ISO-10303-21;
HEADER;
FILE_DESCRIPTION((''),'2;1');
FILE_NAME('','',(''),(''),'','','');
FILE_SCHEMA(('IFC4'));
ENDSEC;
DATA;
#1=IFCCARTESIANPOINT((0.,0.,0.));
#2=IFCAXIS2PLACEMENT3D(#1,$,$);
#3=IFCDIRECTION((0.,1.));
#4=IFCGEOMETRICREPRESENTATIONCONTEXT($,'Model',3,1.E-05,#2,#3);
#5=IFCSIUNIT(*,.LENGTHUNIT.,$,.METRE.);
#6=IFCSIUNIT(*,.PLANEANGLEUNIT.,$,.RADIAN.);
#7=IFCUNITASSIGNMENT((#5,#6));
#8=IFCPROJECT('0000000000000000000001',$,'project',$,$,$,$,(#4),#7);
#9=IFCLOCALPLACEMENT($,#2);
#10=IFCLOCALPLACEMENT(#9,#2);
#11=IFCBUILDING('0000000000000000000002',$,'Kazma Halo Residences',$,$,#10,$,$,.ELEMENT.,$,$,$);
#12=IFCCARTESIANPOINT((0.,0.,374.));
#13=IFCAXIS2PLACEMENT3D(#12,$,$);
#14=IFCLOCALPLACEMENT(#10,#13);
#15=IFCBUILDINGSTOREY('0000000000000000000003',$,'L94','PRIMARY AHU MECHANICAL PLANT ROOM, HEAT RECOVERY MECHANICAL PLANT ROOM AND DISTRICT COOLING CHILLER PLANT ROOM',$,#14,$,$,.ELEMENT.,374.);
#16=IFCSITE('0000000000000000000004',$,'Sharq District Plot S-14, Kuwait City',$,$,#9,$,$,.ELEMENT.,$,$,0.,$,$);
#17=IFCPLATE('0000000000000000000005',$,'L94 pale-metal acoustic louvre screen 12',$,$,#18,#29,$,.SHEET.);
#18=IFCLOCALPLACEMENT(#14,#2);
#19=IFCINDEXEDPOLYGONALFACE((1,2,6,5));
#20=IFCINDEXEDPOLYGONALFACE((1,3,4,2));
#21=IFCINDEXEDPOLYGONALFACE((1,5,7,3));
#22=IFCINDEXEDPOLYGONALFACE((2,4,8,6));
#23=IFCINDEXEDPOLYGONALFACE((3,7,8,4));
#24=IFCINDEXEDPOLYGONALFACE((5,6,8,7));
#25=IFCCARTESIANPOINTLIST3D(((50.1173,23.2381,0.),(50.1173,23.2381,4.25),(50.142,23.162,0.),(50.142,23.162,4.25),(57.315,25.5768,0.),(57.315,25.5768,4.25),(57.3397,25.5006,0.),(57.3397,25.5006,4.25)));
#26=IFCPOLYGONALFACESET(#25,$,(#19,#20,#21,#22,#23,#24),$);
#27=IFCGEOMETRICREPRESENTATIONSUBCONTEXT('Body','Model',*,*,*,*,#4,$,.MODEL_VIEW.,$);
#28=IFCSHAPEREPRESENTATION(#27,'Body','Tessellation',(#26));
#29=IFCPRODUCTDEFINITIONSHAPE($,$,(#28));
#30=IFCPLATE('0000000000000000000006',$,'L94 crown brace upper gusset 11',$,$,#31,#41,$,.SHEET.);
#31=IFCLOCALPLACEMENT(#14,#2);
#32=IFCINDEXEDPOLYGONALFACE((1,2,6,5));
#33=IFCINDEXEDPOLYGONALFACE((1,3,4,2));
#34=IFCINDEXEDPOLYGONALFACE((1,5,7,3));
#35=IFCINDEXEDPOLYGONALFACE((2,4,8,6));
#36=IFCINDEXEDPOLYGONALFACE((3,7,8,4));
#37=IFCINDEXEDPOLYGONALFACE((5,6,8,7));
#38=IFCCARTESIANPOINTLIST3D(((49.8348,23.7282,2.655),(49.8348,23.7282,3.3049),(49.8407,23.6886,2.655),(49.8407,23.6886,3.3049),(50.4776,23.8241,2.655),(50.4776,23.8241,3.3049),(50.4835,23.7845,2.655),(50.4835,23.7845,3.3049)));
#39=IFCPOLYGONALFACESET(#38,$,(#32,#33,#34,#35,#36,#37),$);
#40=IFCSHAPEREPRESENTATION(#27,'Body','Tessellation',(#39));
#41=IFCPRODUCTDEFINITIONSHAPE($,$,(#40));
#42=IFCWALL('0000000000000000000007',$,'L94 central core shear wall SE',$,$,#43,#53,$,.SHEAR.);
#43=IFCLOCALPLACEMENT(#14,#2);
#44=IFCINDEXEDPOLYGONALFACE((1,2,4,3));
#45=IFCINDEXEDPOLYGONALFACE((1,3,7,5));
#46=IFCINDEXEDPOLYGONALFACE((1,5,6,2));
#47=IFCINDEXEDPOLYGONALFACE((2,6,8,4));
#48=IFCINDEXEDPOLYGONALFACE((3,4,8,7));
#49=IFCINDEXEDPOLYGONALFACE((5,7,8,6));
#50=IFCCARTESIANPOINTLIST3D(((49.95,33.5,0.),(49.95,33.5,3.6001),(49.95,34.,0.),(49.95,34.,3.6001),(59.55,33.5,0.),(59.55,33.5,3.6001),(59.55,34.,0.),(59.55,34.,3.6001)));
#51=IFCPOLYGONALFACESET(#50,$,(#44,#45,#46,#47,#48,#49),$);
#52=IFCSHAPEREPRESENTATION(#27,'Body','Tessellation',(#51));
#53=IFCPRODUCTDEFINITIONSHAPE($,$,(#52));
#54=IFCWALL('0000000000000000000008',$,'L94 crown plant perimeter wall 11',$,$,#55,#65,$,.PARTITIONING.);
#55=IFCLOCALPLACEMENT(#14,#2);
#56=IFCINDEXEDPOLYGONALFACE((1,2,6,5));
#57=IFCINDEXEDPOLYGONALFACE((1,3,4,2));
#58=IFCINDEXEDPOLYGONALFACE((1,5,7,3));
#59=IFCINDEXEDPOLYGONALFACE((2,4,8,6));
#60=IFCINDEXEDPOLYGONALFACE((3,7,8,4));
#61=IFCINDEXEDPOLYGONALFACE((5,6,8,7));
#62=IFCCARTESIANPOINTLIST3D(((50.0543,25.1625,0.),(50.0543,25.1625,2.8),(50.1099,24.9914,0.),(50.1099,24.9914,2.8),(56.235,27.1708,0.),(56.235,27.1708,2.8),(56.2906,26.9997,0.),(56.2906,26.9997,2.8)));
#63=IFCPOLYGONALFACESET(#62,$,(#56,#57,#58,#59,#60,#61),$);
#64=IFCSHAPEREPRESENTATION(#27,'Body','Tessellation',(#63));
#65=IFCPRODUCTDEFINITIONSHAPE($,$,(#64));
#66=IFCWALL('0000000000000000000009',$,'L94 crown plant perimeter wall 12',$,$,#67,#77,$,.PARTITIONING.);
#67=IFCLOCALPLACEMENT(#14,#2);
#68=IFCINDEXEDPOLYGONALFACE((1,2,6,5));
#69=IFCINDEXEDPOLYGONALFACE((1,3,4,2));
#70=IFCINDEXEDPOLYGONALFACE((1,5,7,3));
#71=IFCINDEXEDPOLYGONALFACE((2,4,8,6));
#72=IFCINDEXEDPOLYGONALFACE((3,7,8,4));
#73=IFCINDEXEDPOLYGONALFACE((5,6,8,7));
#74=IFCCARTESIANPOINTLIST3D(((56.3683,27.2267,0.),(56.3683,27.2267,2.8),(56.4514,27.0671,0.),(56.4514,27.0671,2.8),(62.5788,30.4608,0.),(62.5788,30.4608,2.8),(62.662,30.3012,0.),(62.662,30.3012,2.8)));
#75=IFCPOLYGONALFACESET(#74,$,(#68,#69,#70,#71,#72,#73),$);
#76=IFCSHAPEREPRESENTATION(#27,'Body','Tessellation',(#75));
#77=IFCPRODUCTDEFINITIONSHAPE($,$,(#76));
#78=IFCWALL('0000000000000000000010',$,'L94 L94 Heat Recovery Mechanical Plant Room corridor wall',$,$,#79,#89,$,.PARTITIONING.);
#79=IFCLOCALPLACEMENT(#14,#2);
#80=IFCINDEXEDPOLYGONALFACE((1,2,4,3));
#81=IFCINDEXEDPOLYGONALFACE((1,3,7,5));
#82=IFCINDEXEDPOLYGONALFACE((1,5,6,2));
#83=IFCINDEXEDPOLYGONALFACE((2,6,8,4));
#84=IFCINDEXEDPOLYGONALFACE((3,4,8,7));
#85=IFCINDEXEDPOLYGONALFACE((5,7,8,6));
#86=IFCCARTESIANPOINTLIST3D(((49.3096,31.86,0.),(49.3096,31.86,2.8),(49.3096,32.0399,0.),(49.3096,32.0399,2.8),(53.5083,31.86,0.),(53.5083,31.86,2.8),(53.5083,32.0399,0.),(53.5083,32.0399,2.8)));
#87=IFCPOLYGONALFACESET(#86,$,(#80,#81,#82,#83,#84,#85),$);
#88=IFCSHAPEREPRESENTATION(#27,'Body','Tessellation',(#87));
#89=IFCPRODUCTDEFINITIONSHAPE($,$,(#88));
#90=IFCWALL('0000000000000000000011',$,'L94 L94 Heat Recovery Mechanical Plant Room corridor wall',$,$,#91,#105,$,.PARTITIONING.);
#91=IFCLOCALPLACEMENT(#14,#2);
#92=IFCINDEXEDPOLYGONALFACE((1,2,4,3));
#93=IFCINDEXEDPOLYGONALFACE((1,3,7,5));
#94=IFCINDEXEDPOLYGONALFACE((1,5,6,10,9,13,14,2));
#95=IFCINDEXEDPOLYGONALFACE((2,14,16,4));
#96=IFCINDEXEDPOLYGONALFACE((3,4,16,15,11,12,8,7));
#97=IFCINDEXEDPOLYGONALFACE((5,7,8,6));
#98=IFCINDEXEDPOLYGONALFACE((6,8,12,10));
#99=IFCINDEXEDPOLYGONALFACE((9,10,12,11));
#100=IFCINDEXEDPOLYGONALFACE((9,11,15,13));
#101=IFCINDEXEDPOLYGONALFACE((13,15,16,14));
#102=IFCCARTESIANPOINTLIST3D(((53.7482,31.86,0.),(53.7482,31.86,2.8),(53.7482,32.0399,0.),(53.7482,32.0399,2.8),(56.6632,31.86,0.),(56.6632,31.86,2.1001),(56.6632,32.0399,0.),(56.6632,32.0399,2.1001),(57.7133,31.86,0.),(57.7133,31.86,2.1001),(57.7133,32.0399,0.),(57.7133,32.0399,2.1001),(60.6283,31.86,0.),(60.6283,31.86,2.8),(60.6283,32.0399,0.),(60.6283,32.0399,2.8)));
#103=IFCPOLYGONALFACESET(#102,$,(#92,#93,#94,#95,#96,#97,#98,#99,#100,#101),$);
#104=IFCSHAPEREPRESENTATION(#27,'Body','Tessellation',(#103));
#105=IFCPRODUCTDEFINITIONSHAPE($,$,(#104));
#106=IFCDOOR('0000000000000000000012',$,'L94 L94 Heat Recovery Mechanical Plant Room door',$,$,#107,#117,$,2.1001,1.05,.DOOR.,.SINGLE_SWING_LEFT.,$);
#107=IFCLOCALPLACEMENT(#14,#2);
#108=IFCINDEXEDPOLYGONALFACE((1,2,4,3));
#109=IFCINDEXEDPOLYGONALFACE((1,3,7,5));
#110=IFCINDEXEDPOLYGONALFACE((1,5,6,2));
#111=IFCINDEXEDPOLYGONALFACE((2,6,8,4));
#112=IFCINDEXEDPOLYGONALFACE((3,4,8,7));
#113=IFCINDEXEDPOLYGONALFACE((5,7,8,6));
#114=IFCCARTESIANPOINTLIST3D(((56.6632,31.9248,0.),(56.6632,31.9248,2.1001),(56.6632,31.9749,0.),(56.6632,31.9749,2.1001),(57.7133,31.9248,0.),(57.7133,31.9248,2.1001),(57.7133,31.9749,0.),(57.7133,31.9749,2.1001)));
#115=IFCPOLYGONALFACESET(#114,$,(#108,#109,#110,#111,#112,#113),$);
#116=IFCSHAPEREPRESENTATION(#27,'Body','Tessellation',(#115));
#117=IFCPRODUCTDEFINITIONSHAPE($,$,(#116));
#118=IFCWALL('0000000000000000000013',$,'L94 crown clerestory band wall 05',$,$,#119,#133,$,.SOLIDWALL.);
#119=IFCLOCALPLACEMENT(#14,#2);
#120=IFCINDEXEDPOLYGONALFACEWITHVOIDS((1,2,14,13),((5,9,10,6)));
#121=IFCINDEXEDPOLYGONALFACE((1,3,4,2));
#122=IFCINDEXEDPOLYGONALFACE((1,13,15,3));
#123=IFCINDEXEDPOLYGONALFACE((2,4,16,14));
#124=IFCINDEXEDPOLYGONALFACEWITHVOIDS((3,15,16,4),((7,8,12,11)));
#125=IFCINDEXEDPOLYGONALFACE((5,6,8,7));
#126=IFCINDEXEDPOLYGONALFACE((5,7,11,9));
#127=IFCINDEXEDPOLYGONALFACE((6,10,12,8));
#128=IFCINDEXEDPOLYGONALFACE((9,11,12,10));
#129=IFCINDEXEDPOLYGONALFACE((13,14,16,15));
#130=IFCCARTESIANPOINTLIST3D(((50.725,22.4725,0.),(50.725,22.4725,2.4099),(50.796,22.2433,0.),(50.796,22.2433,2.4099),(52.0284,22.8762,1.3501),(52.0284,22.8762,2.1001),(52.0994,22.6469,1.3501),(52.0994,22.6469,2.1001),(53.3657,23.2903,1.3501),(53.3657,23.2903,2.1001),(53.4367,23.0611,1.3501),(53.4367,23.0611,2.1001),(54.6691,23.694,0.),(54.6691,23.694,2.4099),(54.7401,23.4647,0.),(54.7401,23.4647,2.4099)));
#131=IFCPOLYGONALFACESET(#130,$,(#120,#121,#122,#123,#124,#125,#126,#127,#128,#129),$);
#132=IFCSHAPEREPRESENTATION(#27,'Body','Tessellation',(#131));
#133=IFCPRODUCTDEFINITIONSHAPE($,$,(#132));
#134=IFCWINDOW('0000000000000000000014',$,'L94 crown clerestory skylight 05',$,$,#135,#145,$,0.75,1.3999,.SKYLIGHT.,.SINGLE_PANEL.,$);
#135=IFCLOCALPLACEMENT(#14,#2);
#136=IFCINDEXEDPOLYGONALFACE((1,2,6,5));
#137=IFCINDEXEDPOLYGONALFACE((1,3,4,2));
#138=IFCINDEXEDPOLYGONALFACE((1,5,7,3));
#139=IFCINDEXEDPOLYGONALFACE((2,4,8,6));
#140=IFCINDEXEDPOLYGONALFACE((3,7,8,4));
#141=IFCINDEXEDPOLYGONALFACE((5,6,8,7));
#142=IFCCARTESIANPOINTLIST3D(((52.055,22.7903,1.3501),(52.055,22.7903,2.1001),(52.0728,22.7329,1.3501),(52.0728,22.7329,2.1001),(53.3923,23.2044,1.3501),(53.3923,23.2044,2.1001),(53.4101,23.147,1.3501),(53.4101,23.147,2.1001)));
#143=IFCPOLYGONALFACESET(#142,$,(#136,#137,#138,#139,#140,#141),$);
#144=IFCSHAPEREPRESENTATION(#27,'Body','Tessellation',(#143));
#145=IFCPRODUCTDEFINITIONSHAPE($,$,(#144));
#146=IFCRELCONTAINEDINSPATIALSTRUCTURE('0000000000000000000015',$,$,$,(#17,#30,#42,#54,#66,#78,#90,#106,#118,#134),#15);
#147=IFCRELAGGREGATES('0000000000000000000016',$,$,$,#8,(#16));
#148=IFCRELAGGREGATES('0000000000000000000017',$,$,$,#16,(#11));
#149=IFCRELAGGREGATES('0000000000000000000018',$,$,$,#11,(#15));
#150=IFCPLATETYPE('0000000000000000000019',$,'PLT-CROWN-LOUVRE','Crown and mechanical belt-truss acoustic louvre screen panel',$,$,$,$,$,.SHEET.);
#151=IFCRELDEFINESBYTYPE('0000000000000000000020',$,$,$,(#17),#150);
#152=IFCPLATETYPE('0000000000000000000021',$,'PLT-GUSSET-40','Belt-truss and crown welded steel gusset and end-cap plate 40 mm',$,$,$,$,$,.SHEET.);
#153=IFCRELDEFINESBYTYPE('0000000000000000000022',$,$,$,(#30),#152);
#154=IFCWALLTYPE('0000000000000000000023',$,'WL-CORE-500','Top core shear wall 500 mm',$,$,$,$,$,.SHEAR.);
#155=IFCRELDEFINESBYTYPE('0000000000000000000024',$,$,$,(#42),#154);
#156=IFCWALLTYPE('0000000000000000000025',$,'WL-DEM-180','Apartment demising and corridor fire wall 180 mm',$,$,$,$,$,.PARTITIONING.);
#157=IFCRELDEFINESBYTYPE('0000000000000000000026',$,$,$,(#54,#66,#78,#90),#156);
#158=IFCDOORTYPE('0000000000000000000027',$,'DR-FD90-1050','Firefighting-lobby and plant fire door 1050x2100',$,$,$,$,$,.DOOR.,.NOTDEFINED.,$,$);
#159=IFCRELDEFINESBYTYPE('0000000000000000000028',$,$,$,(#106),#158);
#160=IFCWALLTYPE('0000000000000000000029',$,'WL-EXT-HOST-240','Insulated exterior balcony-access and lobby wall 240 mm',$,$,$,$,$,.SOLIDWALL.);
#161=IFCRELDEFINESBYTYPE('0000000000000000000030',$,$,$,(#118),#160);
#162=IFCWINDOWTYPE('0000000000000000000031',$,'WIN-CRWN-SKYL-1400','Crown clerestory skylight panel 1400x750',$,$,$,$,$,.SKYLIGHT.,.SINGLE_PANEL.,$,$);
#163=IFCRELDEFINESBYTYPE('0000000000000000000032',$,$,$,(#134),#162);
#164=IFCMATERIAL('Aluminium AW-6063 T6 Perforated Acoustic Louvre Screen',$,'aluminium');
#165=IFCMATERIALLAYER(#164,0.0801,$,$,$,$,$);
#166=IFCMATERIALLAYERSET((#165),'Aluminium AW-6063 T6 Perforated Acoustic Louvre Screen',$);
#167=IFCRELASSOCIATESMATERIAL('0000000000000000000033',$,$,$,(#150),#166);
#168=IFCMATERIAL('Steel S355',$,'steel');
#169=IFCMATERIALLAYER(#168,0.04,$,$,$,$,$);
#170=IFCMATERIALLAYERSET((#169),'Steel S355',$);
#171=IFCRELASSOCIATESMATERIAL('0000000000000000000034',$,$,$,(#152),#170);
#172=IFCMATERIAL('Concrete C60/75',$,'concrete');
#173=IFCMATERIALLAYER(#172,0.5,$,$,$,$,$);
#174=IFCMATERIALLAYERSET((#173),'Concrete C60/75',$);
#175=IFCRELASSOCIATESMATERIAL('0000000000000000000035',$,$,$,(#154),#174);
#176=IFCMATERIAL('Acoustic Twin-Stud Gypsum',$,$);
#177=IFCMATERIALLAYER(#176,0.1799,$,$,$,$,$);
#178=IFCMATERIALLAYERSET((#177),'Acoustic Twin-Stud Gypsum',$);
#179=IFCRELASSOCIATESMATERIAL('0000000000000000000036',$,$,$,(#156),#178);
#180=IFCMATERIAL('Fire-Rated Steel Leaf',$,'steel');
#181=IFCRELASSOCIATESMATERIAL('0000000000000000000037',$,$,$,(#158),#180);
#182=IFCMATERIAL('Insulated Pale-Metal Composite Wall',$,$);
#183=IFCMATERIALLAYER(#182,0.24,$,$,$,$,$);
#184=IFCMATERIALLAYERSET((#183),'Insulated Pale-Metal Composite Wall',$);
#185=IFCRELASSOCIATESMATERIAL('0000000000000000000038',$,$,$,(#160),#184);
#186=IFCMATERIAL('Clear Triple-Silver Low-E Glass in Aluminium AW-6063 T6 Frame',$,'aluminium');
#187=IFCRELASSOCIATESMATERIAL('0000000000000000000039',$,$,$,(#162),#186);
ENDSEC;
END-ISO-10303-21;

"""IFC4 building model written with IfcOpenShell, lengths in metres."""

from ifc_helpers import new_model, si_unit, direction, frame, frame_2d, origin, origin_2d, place, context, subcontext, project, spatial, rectangle, extrude, material, layer, layer_set, type_object, element, fill, save


model = new_model("IFC4")

# Units and contexts
model_context = context("Model", 3, precision=1e-05, world=origin(), true_north=direction((0.0, 1.0)))
body_context = subcontext(model_context, "Body", "Model", "MODEL_VIEW")
ifc_project = project(units=[si_unit("LENGTHUNIT", "METRE"), si_unit("PLANEANGLEUNIT", "RADIAN")], contexts=[model_context])

# Site, building, storey
site_placement = place(None, origin())
site = spatial("IfcSite", under=ifc_project, at=site_placement, Name="Sharq District Plot S-14, Kuwait City", CompositionType="ELEMENT", RefElevation=0.0)
building_placement = place(site_placement, origin())
building = spatial("IfcBuilding", under=site, at=building_placement, Name="Kazma Halo Residences", CompositionType="ELEMENT")
storey_placement = place(building_placement, frame((0.0, 0.0, 374.0)))
storey = spatial("IfcBuildingStorey", under=building, at=storey_placement, Name="L94", Description="PRIMARY AHU MECHANICAL PLANT ROOM, HEAT RECOVERY MECHANICAL PLANT ROOM AND DISTRICT COOLING CHILLER PLANT ROOM", CompositionType="ELEMENT", Elevation=374.0)

# Shared definitions
ifc_material_1 = material(Name="Steel S355", Category="steel")

# Plates
ifc_material_2 = material(Name="Aluminium AW-6063 T6 Perforated Acoustic Louvre Screen", Category="aluminium")
ifc_layer_1 = layer(ifc_material_2, 0.0801)
ifc_layer_set_1 = layer_set([ifc_layer_1], Name="Aluminium AW-6063 T6 Perforated Acoustic Louvre Screen")
plate_type_1 = type_object("IfcPlateType", Name="PLT-CROWN-LOUVRE", Description="Crown and mechanical belt-truss acoustic louvre screen panel", PredefinedType="SHEET", material=ifc_layer_set_1)
plate_1_placement = place(storey_placement, frame((53.7285, 24.3694, 0.0), z_axis=(0.0, 0.0, 1.0), x_axis=(0.951058, 0.309012, 0.0)))
element("IfcPlate", 1, at=plate_1_placement, inside=storey, type_object=plate_type_1, Name="L94 pale-metal acoustic louvre screen 12", PredefinedType="SHEET", context=body_context, shape_type="SweptSolid", body=[
    extrude(rectangle(XDim=7.5681, YDim=0.0801, at=origin_2d()), origin(), (0.0, 0.0, 1.0), 4.25),
])
ifc_layer_2 = layer(ifc_material_1, 0.04)
ifc_layer_set_2 = layer_set([ifc_layer_2], Name="Steel S355")
plate_type_2 = type_object("IfcPlateType", Name="PLT-GUSSET-40", Description="Belt-truss and crown welded steel gusset and end-cap plate 40 mm", PredefinedType="SHEET", material=ifc_layer_set_2)
plate_2_placement = place(storey_placement, frame((50.1592, 23.7563, 2.655), z_axis=(0.0, 0.0, 1.0), x_axis=(0.989034, 0.147687, 0.0)))
element("IfcPlate", 2, at=plate_2_placement, inside=storey, type_object=plate_type_2, Name="L94 crown brace upper gusset 11", PredefinedType="SHEET", context=body_context, shape_type="SweptSolid", body=[
    extrude(rectangle(XDim=0.6499, YDim=0.04, at=origin_2d()), origin(), (0.0, 0.0, 1.0), 0.6499),
])

# Walls
ifc_material_3 = material(Name="Concrete C60/75", Category="concrete")
ifc_layer_3 = layer(ifc_material_3, 0.5)
ifc_layer_set_3 = layer_set([ifc_layer_3], Name="Concrete C60/75")
wall_type_1 = type_object("IfcWallType", Name="WL-CORE-500", Description="Top core shear wall 500 mm", PredefinedType="SHEAR", material=ifc_layer_set_3)
wall_1_placement = place(storey_placement, frame((49.95, 33.75, 0.0), z_axis=(0.0, 0.0, 1.0), x_axis=(1.0, 0.0, 0.0)))
element("IfcWall", 3, at=wall_1_placement, inside=storey, type_object=wall_type_1, Name="L94 central core shear wall SE", PredefinedType="SHEAR", context=body_context, shape_type="SweptSolid", body=[
    extrude(rectangle(XDim=9.6001, YDim=0.5, at=frame_2d((4.8, 0.0))), origin(), (0.0, 0.0, 1.0), 3.6001),
])
ifc_material_4 = material(Name="Acoustic Twin-Stud Gypsum")
ifc_layer_4 = layer(ifc_material_4, 0.1799)
ifc_layer_set_4 = layer_set([ifc_layer_4], Name="Acoustic Twin-Stud Gypsum")
wall_type_2 = type_object("IfcWallType", Name="WL-DEM-180", Description="Apartment demising and corridor fire wall 180 mm", PredefinedType="PARTITIONING", material=ifc_layer_set_4)
wall_2_placement = place(storey_placement, frame((50.082, 25.0769, 0.0), z_axis=(0.0, 0.0, 1.0), x_axis=(0.951053, 0.309028, 0.0)))
element("IfcWall", 4, at=wall_2_placement, inside=storey, type_object=wall_type_2, Name="L94 crown plant perimeter wall 11", PredefinedType="PARTITIONING", context=body_context, shape_type="SweptSolid", body=[
    extrude(rectangle(XDim=6.4988, YDim=0.1799, at=frame_2d((3.2495, 0.0))), origin(), (0.0, 0.0, 1.0), 2.8),
])
wall_3_placement = place(storey_placement, frame((56.4099, 27.147, 0.0), z_axis=(0.0, 0.0, 1.0), x_axis=(0.886949, 0.461866, 0.0)))
element("IfcWall", 5, at=wall_3_placement, inside=storey, type_object=wall_type_2, Name="L94 crown plant perimeter wall 12", PredefinedType="PARTITIONING", context=body_context, shape_type="SweptSolid", body=[
    extrude(rectangle(XDim=7.0022, YDim=0.1799, at=frame_2d((3.501, 0.0))), origin(), (0.0, 0.0, 1.0), 2.8),
])
wall_4_placement = place(storey_placement, frame((49.3096, 31.95, 0.0), z_axis=(0.0, 0.0, 1.0), x_axis=(1.0, 0.0, 0.0)))
element("IfcWall", 6, at=wall_4_placement, inside=storey, type_object=wall_type_2, Name="L94 L94 Heat Recovery Mechanical Plant Room corridor wall", PredefinedType="PARTITIONING", context=body_context, shape_type="SweptSolid", body=[
    extrude(rectangle(XDim=4.1987, YDim=0.1799, at=frame_2d((2.0994, 0.0))), origin(), (0.0, 0.0, 1.0), 2.8),
])

# Wall, opening, door
wall_5_placement = place(storey_placement, frame((53.7483, 31.95, 0.0), z_axis=(0.0, 0.0, 1.0), x_axis=(1.0, 0.0, 0.0)))
wall_5 = element("IfcWall", 7, at=wall_5_placement, inside=storey, type_object=wall_type_2, Name="L94 L94 Heat Recovery Mechanical Plant Room corridor wall", PredefinedType="PARTITIONING", context=body_context, shape_type="SweptSolid", body=[
    extrude(rectangle(XDim=6.8801, YDim=0.1799, at=frame_2d((3.4399, 0.0))), origin(), (0.0, 0.0, 1.0), 2.8),
])
opening_1_placement = place(wall_5_placement, frame((2.915, 0.0, 0.0)))
opening_1 = element("IfcOpeningElement", 8, at=opening_1_placement, cuts=wall_5, PredefinedType="OPENING", context=body_context, shape_type="SweptSolid", body=[
    extrude(rectangle(XDim=1.05, YDim=2.1001, at=frame_2d((0.5249, 1.05))), frame((0.0, 0.0999, 0.0), z_axis=(0.0, -1.0, 0.0), x_axis=(1.0, 0.0, 0.0)), (0.0, 0.0, 1.0), 0.2),
])
ifc_material_5 = material(Name="Fire-Rated Steel Leaf", Category="steel")
door_type = type_object("IfcDoorType", Name="DR-FD90-1050", Description="Firefighting-lobby and plant fire door 1050x2100", OperationType="NOTDEFINED", PredefinedType="DOOR", material=ifc_material_5)
door_placement = place(opening_1_placement, origin())
door = element("IfcDoor", 9, at=door_placement, inside=storey, type_object=door_type, Name="L94 L94 Heat Recovery Mechanical Plant Room door", OperationType="SINGLE_SWING_LEFT", OverallHeight=2.1001, OverallWidth=1.05, PredefinedType="DOOR", context=body_context, shape_type="SweptSolid", body=[
    extrude(rectangle(XDim=1.05, YDim=2.1001, at=frame_2d((0.5249, 1.05))), frame((0.0, 0.0249, 0.0), z_axis=(0.0, -1.0, 0.0), x_axis=(1.0, 0.0, 0.0)), (0.0, 0.0, 1.0), 0.05),
])
fill(opening_1, door)

# Wall, opening, window
ifc_material_6 = material(Name="Insulated Pale-Metal Composite Wall")
ifc_layer_5 = layer(ifc_material_6, 0.24)
ifc_layer_set_5 = layer_set([ifc_layer_5], Name="Insulated Pale-Metal Composite Wall")
wall_type_3 = type_object("IfcWallType", Name="WL-EXT-HOST-240", Description="Insulated exterior balcony-access and lobby wall 240 mm", PredefinedType="SOLIDWALL", material=ifc_layer_set_5)
wall_6_placement = place(storey_placement, frame((50.7605, 22.3579, 0.0), z_axis=(0.0, 0.0, 1.0), x_axis=(0.955242, 0.295826, 0.0)))
wall_6 = element("IfcWall", 10, at=wall_6_placement, inside=storey, type_object=wall_type_3, Name="L94 crown clerestory band wall 05", PredefinedType="SOLIDWALL", context=body_context, shape_type="SweptSolid", body=[
    extrude(rectangle(XDim=4.1289, YDim=0.24, at=frame_2d((2.0645, 0.0))), origin(), (0.0, 0.0, 1.0), 2.4099),
])
opening_2_placement = place(wall_6_placement, frame((1.3645, 0.0, 1.3501)))
opening_2 = element("IfcOpeningElement", 11, at=opening_2_placement, cuts=wall_6, PredefinedType="OPENING", context=body_context, shape_type="SweptSolid", body=[
    extrude(rectangle(XDim=1.3999, YDim=0.75, at=frame_2d((0.7, 0.375))), frame((0.0, 0.1299, 0.0), z_axis=(0.0, -1.0, 0.0), x_axis=(1.0, 0.0, 0.0)), (0.0, 0.0, 1.0), 0.26),
])
ifc_material_7 = material(Name="Clear Triple-Silver Low-E Glass in Aluminium AW-6063 T6 Frame", Category="aluminium")
window_type = type_object("IfcWindowType", Name="WIN-CRWN-SKYL-1400", Description="Crown clerestory skylight panel 1400x750", PartitioningType="SINGLE_PANEL", PredefinedType="SKYLIGHT", material=ifc_material_7)
window_placement = place(opening_2_placement, origin())
window = element("IfcWindow", 12, at=window_placement, inside=storey, type_object=window_type, Name="L94 crown clerestory skylight 05", OverallHeight=0.75, OverallWidth=1.3999, PartitioningType="SINGLE_PANEL", PredefinedType="SKYLIGHT", context=body_context, shape_type="SweptSolid", body=[
    extrude(rectangle(XDim=1.3999, YDim=0.75, at=frame_2d((0.7, 0.375))), frame((0.0, 0.03, 0.0), z_axis=(0.0, -1.0, 0.0), x_axis=(1.0, 0.0, 0.0)), (0.0, 0.0, 1.0), 0.0601),
])
fill(opening_2, window)

save(model, "model.ifc")
